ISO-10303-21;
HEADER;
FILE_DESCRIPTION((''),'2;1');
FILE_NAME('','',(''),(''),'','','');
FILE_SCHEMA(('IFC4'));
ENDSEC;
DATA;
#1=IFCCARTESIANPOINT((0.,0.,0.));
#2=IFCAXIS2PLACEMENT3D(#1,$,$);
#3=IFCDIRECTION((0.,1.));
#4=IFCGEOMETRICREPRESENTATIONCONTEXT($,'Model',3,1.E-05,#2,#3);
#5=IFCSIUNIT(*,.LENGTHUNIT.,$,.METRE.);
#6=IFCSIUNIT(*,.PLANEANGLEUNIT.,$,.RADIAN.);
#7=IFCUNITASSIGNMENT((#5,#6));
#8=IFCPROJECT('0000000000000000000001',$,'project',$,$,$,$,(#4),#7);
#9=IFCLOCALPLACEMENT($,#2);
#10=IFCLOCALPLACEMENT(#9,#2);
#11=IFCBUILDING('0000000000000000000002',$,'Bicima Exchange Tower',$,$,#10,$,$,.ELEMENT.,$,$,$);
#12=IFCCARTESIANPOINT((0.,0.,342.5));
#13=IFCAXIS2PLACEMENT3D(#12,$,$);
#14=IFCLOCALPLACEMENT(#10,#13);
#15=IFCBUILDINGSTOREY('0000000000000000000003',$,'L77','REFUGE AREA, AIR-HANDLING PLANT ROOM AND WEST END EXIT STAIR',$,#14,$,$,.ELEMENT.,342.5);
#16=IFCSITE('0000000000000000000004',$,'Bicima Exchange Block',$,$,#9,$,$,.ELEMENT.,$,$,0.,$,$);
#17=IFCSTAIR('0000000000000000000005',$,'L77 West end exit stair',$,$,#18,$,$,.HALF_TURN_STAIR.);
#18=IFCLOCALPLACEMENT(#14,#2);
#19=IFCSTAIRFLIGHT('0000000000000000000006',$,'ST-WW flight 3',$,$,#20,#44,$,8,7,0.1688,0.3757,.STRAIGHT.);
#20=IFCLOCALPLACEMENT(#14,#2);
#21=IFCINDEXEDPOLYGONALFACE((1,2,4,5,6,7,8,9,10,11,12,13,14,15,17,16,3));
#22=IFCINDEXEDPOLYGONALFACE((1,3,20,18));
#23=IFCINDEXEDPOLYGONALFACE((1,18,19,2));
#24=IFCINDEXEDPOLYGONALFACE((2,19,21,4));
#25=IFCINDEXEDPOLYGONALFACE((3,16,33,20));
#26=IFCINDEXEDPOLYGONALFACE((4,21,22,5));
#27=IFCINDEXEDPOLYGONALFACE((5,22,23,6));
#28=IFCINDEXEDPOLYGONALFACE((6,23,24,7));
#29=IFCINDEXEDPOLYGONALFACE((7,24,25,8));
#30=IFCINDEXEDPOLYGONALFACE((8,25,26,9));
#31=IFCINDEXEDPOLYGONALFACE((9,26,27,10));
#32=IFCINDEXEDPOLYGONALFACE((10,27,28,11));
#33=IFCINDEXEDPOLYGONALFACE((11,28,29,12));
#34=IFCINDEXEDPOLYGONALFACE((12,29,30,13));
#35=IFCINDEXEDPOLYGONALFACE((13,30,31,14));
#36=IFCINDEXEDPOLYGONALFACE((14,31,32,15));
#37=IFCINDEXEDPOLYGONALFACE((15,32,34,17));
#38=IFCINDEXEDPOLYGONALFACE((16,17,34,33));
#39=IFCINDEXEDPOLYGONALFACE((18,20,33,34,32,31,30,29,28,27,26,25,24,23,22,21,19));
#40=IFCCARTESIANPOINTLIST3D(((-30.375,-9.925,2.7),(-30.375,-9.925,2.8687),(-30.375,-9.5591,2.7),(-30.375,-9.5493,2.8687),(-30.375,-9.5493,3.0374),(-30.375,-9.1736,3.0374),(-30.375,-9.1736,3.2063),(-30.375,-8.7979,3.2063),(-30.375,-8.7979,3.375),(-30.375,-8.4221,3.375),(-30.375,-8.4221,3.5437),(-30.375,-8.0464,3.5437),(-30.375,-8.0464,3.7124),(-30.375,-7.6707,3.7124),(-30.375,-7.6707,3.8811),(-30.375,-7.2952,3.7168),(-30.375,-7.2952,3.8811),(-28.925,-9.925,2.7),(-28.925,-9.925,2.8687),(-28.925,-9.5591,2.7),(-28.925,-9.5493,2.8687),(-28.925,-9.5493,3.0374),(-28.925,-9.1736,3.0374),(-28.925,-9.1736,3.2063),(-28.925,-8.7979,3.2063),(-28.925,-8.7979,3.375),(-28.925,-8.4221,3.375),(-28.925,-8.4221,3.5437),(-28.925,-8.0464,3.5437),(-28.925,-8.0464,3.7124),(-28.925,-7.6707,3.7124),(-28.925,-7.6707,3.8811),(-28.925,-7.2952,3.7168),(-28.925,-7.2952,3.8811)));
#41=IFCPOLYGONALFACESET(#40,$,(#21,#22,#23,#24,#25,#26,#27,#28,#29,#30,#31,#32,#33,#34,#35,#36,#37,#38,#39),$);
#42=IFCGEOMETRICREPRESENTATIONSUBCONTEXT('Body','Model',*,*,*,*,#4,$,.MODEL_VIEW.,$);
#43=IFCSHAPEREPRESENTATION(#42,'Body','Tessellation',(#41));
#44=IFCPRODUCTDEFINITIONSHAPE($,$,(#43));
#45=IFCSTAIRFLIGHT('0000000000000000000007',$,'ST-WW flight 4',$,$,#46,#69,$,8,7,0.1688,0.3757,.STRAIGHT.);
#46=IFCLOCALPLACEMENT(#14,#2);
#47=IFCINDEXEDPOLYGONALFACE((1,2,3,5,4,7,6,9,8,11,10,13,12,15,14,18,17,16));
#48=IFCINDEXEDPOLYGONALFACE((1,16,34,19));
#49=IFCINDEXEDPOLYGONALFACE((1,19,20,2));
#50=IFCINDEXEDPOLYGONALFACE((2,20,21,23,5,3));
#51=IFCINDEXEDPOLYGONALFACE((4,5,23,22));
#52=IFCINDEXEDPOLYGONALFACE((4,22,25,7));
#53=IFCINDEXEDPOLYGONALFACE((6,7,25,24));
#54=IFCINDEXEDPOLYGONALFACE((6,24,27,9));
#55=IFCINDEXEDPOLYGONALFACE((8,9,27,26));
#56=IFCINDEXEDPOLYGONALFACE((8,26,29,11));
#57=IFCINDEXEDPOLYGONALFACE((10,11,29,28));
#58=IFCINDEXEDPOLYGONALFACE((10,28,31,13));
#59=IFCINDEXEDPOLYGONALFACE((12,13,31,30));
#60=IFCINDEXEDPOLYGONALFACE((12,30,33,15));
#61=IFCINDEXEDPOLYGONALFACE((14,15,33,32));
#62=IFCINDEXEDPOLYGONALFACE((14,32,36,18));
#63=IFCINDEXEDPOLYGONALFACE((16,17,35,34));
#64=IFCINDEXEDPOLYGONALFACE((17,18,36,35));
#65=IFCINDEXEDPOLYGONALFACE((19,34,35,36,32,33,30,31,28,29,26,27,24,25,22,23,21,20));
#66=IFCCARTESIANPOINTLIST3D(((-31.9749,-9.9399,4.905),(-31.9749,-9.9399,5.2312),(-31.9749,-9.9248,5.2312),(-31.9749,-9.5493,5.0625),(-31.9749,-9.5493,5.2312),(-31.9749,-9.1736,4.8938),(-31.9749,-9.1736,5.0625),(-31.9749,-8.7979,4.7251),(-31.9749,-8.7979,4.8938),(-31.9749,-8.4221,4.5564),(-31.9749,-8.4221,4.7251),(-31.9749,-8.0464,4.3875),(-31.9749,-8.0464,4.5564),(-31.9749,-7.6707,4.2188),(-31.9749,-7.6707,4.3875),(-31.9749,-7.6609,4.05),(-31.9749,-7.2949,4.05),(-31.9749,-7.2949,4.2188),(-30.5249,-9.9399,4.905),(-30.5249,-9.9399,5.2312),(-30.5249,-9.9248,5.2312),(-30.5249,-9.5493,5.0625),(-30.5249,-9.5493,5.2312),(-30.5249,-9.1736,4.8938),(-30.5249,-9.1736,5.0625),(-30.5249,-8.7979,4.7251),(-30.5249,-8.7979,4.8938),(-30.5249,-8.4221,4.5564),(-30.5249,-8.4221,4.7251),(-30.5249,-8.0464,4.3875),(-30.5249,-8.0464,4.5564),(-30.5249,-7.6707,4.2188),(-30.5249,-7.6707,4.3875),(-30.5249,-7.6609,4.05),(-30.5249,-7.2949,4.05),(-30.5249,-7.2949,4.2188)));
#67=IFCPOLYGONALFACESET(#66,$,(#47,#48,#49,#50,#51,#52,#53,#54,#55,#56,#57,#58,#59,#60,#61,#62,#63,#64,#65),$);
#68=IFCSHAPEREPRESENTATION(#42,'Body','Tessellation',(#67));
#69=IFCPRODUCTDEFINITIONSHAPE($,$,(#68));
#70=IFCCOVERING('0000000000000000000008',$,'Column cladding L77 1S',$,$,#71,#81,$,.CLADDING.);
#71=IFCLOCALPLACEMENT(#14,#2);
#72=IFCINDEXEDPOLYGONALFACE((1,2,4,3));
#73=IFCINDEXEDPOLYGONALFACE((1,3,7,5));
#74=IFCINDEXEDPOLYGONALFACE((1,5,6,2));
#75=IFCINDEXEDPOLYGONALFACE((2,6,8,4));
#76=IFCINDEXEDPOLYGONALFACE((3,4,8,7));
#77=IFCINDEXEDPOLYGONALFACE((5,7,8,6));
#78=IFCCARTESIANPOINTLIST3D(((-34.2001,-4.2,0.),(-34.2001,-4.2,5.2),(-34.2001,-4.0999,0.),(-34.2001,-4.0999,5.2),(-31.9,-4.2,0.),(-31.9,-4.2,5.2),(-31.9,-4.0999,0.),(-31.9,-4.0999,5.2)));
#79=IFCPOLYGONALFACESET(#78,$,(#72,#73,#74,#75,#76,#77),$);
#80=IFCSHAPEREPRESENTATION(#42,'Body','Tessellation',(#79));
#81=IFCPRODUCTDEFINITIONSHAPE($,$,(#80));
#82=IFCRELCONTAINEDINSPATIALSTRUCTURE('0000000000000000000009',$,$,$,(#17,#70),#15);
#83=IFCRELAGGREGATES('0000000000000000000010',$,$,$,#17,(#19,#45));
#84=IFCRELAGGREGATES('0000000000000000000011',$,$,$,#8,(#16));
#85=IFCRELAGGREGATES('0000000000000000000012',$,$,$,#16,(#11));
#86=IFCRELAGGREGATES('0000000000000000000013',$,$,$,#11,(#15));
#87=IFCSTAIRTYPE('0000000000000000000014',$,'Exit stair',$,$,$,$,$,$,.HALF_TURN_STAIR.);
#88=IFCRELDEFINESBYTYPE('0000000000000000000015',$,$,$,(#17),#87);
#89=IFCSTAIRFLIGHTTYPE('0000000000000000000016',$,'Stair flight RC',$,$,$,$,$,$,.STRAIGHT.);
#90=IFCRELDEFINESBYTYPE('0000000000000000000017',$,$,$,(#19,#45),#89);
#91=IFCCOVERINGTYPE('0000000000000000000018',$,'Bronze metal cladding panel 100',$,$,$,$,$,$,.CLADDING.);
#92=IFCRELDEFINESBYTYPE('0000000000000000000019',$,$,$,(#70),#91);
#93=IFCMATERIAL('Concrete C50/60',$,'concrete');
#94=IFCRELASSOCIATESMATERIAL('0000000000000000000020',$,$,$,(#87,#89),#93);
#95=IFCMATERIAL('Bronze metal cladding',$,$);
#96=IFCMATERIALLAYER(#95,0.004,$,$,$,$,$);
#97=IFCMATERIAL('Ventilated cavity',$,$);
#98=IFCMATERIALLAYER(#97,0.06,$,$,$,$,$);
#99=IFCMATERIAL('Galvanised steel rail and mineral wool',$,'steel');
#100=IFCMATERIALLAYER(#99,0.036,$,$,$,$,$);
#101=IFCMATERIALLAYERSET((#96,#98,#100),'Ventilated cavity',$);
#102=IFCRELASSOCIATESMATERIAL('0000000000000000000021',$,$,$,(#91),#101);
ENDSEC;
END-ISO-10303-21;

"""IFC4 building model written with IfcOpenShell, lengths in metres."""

from ifc_helpers import new_model, si_unit, direction, frame, origin, origin_2d, place, context, subcontext, project, spatial, polyline, rectangle, outline, extrude, material, layer, layer_set, type_object, element, aggregate, save


model = new_model("IFC4")

# Units and contexts
model_context = context("Model", 3, precision=1e-05, world=origin(), true_north=direction((0.0, 1.0)))
body_context = subcontext(model_context, "Body", "Model", "MODEL_VIEW")
ifc_project = project(units=[si_unit("LENGTHUNIT", "METRE"), si_unit("PLANEANGLEUNIT", "RADIAN")], contexts=[model_context])

# Site, building, storey
site_placement = place(None, origin())
site = spatial("IfcSite", under=ifc_project, at=site_placement, Name="Bicima Exchange Block", CompositionType="ELEMENT", RefElevation=0.0)
building_placement = place(site_placement, origin())
building = spatial("IfcBuilding", under=site, at=building_placement, Name="Bicima Exchange Tower", CompositionType="ELEMENT")
storey_placement = place(building_placement, frame((0.0, 0.0, 342.5)))
storey = spatial("IfcBuildingStorey", under=building, at=storey_placement, Name="L77", Description="REFUGE AREA, AIR-HANDLING PLANT ROOM AND WEST END EXIT STAIR", CompositionType="ELEMENT", Elevation=342.5)

# Shared definitions
ifc_material_1 = material(Name="Concrete C50/60", Category="concrete")

# Stair, stair flights
stair_type = type_object("IfcStairType", Name="Exit stair", PredefinedType="HALF_TURN_STAIR", material=ifc_material_1)
stair_placement = place(storey_placement, origin())
stair = element("IfcStair", 1, at=stair_placement, inside=storey, type_object=stair_type, Name="L77 West end exit stair", PredefinedType="HALF_TURN_STAIR")
stair_flight_type = type_object("IfcStairFlightType", Name="Stair flight RC", PredefinedType="STRAIGHT", material=ifc_material_1)
stair_flight_1_placement = place(storey_placement, frame((-29.6499, -9.925, 2.7), z_axis=(0.0, 0.0, 1.0), x_axis=(0.0, 1.0, 0.0)))
stair_flight_1 = element("IfcStairFlight", 2, at=stair_flight_1_placement, type_object=stair_flight_type, Name="ST-WW flight 3", NumberOfRisers=8, NumberOfTreads=7, PredefinedType="STRAIGHT", RiserHeight=0.1688, TreadLength=0.3757, context=body_context, shape_type="SweptSolid", body=[
    extrude(outline(polyline([(0.0, 0.0), (0.0, 0.1687), (0.3757, 0.1687), (0.3757, 0.3374), (0.7515, 0.3374), (0.7515, 0.5063), (1.1272, 0.5063), (1.1272, 0.675), (1.5029, 0.675), (1.5029, 0.8438), (1.8787, 0.8438), (1.8787, 1.0125), (2.2544, 1.0125), (2.2544, 1.1812), (2.6299, 1.1812), (2.6299, 1.3501), (2.6299, 1.0168), (0.366, 0.0), (0.0, 0.0)])), frame((0.0, 0.7251, 0.0), z_axis=(0.0, -1.0, 0.0), x_axis=(1.0, 0.0, 0.0)), (0.0, 0.0, 1.0), 1.45),
])
stair_flight_2_placement = place(storey_placement, frame((-31.25, -7.2949, 4.05), z_axis=(0.0, 0.0, 1.0), x_axis=(0.0, -1.0, 0.0)))
stair_flight_2 = element("IfcStairFlight", 3, at=stair_flight_2_placement, type_object=stair_flight_type, Name="ST-WW flight 4", NumberOfRisers=8, NumberOfTreads=7, PredefinedType="STRAIGHT", RiserHeight=0.1688, TreadLength=0.3757, context=body_context, shape_type="SweptSolid", body=[
    extrude(outline(polyline([(0.0, 0.0), (0.0, 0.1687), (0.3757, 0.1687), (0.3757, 0.3374), (0.7515, 0.3374), (0.7515, 0.5063), (1.1272, 0.5063), (1.1272, 0.675), (1.5029, 0.675), (1.5029, 0.8438), (1.8787, 0.8438), (1.8787, 1.0125), (2.2544, 1.0125), (2.2544, 1.1812), (2.6299, 1.1812), (2.645, 1.1812), (2.645, 0.855), (0.366, 0.0), (0.0, 0.0)])), frame((0.0, 0.7251, 0.0), z_axis=(0.0, -1.0, 0.0), x_axis=(1.0, 0.0, 0.0)), (0.0, 0.0, 1.0), 1.45),
])
aggregate(stair, [stair_flight_1, stair_flight_2])

# Covering
ifc_material_2 = material(Name="Bronze metal cladding")
ifc_layer_1 = layer(ifc_material_2, 0.004)
ifc_material_3 = material(Name="Ventilated cavity")
ifc_layer_2 = layer(ifc_material_3, 0.06)
ifc_material_4 = material(Name="Galvanised steel rail and mineral wool", Category="steel")
ifc_layer_3 = layer(ifc_material_4, 0.036)
ifc_layer_set_1 = layer_set([ifc_layer_1, ifc_layer_2, ifc_layer_3], Name="Ventilated cavity")
covering_type = type_object("IfcCoveringType", Name="Bronze metal cladding panel 100", PredefinedType="CLADDING", material=ifc_layer_set_1)
covering_placement = place(storey_placement, frame((-33.05, -4.1499, 0.0), z_axis=(0.0, 0.0, 1.0), x_axis=(1.0, 0.0, 0.0)))
element("IfcCovering", 4, at=covering_placement, inside=storey, type_object=covering_type, Name="Column cladding L77 1S", PredefinedType="CLADDING", context=body_context, shape_type="SweptSolid", body=[
    extrude(rectangle(XDim=2.3, YDim=0.1001, at=origin_2d()), origin(), (0.0, 0.0, 1.0), 5.2),
])

save(model, "model.ifc")
